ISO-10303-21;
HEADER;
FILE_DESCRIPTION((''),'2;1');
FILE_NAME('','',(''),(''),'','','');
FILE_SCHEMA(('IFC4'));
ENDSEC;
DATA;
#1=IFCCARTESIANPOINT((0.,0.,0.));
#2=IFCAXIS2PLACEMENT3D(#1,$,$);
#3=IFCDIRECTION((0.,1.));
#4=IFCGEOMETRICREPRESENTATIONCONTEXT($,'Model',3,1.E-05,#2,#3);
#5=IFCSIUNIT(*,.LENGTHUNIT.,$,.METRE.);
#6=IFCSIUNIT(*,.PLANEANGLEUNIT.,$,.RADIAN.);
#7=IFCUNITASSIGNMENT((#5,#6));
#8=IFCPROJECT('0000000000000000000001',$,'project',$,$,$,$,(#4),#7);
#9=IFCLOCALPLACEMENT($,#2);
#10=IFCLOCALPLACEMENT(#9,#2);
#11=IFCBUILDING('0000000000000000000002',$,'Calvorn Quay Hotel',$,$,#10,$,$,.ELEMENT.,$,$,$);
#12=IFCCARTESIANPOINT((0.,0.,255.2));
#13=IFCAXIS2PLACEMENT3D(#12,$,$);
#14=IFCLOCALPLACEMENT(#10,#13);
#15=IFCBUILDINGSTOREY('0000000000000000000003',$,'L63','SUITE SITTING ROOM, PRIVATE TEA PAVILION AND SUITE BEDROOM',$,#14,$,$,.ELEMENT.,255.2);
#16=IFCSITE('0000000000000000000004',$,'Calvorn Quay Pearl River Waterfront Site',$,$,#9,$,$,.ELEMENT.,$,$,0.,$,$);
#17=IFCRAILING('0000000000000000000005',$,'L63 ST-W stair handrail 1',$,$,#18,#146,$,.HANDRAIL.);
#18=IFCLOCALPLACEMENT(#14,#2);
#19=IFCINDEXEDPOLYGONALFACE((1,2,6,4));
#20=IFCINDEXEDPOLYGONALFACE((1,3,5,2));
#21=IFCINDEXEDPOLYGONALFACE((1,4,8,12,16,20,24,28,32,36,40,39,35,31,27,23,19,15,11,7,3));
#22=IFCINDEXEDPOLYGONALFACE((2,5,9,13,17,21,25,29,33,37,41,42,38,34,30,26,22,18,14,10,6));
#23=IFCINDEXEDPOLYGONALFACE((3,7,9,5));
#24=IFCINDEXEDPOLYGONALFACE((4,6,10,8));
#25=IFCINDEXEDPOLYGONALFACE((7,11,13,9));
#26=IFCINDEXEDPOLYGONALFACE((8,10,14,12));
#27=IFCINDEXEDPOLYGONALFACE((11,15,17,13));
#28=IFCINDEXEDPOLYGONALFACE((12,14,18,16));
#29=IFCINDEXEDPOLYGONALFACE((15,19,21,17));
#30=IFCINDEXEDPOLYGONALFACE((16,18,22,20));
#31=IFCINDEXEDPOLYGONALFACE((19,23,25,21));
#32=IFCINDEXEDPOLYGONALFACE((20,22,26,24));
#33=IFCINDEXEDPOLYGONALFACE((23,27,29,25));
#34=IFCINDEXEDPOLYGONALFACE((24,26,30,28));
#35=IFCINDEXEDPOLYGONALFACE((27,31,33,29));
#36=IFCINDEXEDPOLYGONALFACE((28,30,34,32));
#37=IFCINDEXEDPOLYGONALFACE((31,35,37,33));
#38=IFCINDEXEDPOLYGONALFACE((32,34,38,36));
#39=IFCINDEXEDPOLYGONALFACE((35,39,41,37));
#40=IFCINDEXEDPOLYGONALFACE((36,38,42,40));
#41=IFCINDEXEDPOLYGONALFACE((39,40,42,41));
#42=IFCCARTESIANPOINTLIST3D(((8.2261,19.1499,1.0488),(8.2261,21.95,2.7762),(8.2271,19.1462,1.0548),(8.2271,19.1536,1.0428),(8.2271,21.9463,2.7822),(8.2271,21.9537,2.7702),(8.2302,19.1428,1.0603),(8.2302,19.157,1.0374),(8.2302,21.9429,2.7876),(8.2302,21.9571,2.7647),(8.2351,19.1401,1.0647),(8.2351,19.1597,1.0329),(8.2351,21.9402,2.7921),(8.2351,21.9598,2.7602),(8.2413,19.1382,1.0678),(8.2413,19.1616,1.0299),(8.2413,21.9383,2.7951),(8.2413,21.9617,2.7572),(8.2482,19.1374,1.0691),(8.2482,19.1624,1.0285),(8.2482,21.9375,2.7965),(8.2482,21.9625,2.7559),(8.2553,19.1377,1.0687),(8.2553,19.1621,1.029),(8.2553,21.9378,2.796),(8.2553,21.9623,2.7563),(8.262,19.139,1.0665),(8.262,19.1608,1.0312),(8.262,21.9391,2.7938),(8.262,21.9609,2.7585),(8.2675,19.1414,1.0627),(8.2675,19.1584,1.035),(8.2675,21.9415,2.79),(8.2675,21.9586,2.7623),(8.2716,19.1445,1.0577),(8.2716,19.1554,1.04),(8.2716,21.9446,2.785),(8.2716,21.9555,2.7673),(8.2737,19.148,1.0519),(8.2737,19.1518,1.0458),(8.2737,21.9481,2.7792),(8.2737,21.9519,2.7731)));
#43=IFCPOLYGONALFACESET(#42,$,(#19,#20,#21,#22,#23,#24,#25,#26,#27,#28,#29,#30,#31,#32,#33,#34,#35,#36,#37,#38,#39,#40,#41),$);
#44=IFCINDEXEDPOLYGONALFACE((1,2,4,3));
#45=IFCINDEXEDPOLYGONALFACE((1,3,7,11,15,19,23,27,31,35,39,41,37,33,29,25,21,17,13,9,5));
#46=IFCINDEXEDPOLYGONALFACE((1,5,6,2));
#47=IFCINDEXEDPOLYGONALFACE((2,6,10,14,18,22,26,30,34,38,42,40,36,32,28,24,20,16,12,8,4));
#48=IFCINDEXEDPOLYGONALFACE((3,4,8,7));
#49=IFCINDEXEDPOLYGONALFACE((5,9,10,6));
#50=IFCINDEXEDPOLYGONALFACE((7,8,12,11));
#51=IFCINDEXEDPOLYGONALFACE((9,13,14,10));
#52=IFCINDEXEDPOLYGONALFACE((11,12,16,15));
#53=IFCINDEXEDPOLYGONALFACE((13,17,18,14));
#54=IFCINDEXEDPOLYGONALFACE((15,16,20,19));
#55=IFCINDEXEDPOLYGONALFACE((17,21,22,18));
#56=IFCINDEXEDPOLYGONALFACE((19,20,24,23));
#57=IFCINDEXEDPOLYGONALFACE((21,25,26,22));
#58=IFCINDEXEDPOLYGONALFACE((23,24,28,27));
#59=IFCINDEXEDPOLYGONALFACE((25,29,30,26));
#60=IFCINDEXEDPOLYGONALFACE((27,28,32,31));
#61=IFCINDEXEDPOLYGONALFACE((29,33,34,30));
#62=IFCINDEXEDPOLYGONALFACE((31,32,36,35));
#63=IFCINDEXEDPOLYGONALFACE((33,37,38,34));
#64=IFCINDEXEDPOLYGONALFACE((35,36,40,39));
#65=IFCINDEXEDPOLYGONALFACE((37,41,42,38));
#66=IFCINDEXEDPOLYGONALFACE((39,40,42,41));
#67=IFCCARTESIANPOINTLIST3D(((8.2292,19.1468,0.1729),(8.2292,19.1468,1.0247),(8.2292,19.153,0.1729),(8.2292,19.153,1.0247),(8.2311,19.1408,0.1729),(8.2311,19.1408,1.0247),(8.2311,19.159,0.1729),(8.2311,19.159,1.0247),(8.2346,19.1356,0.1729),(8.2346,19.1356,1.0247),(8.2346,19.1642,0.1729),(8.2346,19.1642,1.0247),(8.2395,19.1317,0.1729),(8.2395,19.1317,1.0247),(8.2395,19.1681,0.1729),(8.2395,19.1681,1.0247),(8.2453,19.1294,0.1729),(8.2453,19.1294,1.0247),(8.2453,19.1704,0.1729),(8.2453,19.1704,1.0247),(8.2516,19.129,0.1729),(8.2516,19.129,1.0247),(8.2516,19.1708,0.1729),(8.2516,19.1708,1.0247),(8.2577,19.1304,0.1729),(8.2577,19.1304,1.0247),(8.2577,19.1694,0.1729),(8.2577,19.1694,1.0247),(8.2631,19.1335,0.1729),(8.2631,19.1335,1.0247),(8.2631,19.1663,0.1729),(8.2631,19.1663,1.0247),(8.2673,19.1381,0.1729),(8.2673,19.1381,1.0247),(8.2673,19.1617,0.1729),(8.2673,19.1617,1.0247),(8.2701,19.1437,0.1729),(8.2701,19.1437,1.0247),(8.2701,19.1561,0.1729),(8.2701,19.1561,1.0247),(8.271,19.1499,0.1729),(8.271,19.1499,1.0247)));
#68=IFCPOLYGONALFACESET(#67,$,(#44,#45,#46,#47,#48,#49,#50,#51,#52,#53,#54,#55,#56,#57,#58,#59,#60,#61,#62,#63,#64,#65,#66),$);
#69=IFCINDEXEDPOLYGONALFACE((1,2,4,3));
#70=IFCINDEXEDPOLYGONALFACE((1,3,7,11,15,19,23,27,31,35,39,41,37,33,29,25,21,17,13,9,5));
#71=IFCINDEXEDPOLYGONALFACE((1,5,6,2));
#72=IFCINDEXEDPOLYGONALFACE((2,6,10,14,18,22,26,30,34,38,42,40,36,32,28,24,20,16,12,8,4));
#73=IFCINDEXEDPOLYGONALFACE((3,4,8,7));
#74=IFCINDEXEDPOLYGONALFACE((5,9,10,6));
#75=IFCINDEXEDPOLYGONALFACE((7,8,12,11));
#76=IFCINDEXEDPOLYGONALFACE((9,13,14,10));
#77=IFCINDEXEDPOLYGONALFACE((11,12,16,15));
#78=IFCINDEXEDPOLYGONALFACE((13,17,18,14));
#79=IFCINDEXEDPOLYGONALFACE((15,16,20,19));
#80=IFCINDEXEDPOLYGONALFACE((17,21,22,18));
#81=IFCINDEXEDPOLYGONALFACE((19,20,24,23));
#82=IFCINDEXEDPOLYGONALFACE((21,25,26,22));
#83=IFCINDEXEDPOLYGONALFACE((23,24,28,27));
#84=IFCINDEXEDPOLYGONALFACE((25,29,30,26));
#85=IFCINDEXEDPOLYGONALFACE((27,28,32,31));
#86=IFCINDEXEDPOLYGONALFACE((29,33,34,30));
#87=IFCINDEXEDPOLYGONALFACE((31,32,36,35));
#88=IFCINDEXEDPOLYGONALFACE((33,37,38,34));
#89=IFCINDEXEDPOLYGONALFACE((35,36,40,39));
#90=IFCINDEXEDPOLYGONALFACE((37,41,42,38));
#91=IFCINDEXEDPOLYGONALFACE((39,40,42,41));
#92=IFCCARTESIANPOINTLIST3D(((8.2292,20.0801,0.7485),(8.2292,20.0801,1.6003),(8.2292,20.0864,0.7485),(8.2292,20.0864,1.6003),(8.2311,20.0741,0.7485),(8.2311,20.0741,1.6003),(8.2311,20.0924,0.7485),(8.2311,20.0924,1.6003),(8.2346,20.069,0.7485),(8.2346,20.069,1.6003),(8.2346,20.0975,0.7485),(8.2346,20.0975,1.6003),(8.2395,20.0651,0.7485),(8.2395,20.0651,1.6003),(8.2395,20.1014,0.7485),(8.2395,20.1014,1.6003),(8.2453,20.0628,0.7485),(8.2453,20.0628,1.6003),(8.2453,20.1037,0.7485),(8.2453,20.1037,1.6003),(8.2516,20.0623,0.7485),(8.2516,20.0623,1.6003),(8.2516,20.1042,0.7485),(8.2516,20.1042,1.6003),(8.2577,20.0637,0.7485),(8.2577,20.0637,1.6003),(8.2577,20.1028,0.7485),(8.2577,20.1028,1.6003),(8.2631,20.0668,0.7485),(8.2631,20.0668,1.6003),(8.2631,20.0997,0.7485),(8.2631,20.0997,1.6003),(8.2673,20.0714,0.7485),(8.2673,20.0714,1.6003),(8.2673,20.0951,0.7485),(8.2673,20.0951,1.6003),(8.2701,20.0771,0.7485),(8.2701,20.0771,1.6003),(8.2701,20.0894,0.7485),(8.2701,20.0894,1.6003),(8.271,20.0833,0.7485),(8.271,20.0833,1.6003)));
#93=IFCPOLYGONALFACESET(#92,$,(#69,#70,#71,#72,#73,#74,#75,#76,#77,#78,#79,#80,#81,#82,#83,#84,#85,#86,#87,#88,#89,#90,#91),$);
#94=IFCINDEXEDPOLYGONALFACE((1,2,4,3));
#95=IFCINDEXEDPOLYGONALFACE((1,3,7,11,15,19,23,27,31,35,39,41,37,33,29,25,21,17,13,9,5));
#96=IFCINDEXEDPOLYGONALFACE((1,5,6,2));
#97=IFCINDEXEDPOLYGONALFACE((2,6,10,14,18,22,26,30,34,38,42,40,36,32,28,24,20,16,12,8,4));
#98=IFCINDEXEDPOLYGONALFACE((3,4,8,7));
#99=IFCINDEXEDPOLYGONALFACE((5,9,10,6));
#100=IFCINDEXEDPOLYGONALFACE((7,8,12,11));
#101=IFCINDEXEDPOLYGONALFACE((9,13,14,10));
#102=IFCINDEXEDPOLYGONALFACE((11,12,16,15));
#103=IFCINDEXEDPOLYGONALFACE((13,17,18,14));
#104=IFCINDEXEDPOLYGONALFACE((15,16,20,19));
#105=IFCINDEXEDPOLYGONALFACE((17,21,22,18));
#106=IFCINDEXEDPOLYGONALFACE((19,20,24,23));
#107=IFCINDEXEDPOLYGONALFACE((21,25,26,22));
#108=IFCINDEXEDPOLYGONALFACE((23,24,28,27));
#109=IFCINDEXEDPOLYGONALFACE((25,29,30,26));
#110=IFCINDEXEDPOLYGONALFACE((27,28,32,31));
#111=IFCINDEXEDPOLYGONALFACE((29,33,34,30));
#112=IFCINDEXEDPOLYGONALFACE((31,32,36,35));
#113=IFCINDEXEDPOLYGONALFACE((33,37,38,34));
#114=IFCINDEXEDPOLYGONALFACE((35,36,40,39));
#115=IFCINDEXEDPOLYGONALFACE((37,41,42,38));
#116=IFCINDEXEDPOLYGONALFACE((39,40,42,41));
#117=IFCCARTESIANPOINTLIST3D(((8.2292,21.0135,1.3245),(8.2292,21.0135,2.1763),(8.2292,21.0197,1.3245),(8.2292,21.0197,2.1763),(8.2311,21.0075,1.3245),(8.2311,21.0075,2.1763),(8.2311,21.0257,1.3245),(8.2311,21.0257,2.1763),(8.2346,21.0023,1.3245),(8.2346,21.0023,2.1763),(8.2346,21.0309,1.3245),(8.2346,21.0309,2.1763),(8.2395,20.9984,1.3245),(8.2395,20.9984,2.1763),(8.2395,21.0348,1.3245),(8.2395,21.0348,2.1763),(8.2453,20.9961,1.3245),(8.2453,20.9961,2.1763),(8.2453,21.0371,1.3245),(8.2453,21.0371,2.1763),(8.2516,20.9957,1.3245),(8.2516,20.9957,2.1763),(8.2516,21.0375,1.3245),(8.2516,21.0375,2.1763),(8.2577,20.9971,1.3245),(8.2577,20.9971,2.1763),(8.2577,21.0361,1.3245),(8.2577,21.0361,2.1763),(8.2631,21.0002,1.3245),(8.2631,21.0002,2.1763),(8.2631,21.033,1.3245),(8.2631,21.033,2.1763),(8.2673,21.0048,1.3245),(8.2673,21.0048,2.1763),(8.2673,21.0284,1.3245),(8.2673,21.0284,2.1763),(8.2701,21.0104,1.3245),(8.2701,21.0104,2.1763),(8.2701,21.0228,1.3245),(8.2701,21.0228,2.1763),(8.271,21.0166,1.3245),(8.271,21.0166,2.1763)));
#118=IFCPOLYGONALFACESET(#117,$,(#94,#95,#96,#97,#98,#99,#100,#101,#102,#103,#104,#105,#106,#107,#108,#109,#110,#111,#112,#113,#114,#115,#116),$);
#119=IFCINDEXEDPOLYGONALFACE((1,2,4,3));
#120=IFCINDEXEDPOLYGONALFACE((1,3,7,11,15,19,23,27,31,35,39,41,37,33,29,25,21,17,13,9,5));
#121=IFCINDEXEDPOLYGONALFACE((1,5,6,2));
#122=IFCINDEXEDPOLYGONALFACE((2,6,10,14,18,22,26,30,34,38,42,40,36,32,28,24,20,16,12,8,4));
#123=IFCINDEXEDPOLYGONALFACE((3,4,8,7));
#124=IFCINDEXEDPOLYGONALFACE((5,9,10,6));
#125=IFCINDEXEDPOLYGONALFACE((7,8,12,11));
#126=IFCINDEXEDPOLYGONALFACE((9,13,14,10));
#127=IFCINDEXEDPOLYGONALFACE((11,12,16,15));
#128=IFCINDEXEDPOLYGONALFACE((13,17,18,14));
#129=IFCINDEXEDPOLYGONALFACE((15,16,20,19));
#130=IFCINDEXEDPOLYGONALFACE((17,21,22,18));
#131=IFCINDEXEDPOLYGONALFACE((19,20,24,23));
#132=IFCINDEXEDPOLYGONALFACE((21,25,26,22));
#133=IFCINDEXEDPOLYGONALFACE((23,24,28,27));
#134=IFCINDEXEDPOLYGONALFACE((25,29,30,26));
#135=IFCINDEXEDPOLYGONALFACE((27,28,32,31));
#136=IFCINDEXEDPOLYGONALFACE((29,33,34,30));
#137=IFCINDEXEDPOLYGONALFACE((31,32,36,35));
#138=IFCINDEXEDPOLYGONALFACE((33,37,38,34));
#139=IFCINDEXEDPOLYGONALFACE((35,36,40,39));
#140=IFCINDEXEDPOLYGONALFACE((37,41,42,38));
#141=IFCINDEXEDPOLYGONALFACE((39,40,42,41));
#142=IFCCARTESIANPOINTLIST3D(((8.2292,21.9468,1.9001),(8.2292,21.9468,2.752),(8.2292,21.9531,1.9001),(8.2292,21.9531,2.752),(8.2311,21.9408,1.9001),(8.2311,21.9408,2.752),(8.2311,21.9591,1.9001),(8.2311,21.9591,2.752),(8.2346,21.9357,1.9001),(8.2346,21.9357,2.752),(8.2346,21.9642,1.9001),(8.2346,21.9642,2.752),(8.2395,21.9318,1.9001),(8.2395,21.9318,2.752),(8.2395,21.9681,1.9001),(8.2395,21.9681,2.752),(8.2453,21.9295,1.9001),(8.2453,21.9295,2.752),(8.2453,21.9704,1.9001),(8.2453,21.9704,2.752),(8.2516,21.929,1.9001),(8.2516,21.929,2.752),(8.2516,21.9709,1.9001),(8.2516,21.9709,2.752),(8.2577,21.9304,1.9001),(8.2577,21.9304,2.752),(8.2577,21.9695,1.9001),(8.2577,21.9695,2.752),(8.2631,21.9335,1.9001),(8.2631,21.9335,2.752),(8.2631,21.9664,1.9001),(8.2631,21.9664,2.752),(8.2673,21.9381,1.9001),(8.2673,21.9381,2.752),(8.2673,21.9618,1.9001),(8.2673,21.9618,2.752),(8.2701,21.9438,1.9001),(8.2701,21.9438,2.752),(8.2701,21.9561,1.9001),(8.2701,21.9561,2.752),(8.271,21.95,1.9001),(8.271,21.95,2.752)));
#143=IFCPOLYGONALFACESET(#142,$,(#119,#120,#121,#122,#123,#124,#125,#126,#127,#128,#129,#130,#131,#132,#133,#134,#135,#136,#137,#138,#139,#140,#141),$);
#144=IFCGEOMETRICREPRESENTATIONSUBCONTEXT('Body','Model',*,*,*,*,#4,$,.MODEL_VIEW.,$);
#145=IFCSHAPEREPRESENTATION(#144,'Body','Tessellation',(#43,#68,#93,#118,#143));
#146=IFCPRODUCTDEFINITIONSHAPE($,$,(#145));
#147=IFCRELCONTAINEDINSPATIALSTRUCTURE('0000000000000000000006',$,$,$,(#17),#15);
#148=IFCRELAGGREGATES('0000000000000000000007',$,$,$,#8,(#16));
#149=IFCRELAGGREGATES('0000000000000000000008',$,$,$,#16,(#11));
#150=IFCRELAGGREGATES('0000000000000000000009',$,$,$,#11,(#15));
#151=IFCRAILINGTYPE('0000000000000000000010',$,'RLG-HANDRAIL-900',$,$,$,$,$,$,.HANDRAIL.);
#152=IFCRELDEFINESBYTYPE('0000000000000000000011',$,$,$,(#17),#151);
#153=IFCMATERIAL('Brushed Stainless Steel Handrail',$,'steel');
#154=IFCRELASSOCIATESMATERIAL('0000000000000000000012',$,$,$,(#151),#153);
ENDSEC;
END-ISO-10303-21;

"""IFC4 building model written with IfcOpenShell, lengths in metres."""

from ifc_helpers import new_model, si_unit, direction, frame, origin, origin_2d, place, context, subcontext, project, spatial, circle, extrude, material, type_object, element, save


model = new_model("IFC4")

# Units and contexts
model_context = context("Model", 3, precision=1e-05, world=origin(), true_north=direction((0.0, 1.0)))
body_context = subcontext(model_context, "Body", "Model", "MODEL_VIEW")
ifc_project = project(units=[si_unit("LENGTHUNIT", "METRE"), si_unit("PLANEANGLEUNIT", "RADIAN")], contexts=[model_context])

# Site, building, storey
site_placement = place(None, origin())
site = spatial("IfcSite", under=ifc_project, at=site_placement, Name="Calvorn Quay Pearl River Waterfront Site", CompositionType="ELEMENT", RefElevation=0.0)
building_placement = place(site_placement, origin())
building = spatial("IfcBuilding", under=site, at=building_placement, Name="Calvorn Quay Hotel", CompositionType="ELEMENT")
storey_placement = place(building_placement, frame((0.0, 0.0, 255.2)))
storey = spatial("IfcBuildingStorey", under=building, at=storey_placement, Name="L63", Description="SUITE SITTING ROOM, PRIVATE TEA PAVILION AND SUITE BEDROOM", CompositionType="ELEMENT", Elevation=255.2)

# Railing
ifc_material_1 = material(Name="Brushed Stainless Steel Handrail", Category="steel")
railing_type_1 = type_object("IfcRailingType", Name="RLG-HANDRAIL-900", PredefinedType="HANDRAIL", material=ifc_material_1)
railing_1_placement = place(storey_placement, frame((8.25, 19.1499, 0.1729)))
element("IfcRailing", 1, at=railing_1_placement, inside=storey, type_object=railing_type_1, Name="L63 ST-W stair handrail 1", PredefinedType="HANDRAIL", context=body_context, shape_type="SweptSolid", body=[
    extrude(circle(Radius=0.0239, at=origin_2d()), frame((0.0, 0.0, 0.876), z_axis=(0.0, 0.85109, 0.52502), x_axis=(-1.0, 0.0, 0.0)), (0.0, 0.0, 1.0), 3.29),
    extrude(circle(Radius=0.021, at=origin_2d()), origin(), (0.0, 0.0, 1.0), 0.8518),
    extrude(circle(Radius=0.021, at=origin_2d()), frame((0.0, 0.9333, 0.5757)), (0.0, 0.0, 1.0), 0.8518),
    extrude(circle(Radius=0.021, at=origin_2d()), frame((0.0, 1.8667, 1.1516)), (0.0, 0.0, 1.0), 0.8518),
    extrude(circle(Radius=0.021, at=origin_2d()), frame((0.0, 2.8, 1.7273)), (0.0, 0.0, 1.0), 0.8518),
])

save(model, "model.ifc")
